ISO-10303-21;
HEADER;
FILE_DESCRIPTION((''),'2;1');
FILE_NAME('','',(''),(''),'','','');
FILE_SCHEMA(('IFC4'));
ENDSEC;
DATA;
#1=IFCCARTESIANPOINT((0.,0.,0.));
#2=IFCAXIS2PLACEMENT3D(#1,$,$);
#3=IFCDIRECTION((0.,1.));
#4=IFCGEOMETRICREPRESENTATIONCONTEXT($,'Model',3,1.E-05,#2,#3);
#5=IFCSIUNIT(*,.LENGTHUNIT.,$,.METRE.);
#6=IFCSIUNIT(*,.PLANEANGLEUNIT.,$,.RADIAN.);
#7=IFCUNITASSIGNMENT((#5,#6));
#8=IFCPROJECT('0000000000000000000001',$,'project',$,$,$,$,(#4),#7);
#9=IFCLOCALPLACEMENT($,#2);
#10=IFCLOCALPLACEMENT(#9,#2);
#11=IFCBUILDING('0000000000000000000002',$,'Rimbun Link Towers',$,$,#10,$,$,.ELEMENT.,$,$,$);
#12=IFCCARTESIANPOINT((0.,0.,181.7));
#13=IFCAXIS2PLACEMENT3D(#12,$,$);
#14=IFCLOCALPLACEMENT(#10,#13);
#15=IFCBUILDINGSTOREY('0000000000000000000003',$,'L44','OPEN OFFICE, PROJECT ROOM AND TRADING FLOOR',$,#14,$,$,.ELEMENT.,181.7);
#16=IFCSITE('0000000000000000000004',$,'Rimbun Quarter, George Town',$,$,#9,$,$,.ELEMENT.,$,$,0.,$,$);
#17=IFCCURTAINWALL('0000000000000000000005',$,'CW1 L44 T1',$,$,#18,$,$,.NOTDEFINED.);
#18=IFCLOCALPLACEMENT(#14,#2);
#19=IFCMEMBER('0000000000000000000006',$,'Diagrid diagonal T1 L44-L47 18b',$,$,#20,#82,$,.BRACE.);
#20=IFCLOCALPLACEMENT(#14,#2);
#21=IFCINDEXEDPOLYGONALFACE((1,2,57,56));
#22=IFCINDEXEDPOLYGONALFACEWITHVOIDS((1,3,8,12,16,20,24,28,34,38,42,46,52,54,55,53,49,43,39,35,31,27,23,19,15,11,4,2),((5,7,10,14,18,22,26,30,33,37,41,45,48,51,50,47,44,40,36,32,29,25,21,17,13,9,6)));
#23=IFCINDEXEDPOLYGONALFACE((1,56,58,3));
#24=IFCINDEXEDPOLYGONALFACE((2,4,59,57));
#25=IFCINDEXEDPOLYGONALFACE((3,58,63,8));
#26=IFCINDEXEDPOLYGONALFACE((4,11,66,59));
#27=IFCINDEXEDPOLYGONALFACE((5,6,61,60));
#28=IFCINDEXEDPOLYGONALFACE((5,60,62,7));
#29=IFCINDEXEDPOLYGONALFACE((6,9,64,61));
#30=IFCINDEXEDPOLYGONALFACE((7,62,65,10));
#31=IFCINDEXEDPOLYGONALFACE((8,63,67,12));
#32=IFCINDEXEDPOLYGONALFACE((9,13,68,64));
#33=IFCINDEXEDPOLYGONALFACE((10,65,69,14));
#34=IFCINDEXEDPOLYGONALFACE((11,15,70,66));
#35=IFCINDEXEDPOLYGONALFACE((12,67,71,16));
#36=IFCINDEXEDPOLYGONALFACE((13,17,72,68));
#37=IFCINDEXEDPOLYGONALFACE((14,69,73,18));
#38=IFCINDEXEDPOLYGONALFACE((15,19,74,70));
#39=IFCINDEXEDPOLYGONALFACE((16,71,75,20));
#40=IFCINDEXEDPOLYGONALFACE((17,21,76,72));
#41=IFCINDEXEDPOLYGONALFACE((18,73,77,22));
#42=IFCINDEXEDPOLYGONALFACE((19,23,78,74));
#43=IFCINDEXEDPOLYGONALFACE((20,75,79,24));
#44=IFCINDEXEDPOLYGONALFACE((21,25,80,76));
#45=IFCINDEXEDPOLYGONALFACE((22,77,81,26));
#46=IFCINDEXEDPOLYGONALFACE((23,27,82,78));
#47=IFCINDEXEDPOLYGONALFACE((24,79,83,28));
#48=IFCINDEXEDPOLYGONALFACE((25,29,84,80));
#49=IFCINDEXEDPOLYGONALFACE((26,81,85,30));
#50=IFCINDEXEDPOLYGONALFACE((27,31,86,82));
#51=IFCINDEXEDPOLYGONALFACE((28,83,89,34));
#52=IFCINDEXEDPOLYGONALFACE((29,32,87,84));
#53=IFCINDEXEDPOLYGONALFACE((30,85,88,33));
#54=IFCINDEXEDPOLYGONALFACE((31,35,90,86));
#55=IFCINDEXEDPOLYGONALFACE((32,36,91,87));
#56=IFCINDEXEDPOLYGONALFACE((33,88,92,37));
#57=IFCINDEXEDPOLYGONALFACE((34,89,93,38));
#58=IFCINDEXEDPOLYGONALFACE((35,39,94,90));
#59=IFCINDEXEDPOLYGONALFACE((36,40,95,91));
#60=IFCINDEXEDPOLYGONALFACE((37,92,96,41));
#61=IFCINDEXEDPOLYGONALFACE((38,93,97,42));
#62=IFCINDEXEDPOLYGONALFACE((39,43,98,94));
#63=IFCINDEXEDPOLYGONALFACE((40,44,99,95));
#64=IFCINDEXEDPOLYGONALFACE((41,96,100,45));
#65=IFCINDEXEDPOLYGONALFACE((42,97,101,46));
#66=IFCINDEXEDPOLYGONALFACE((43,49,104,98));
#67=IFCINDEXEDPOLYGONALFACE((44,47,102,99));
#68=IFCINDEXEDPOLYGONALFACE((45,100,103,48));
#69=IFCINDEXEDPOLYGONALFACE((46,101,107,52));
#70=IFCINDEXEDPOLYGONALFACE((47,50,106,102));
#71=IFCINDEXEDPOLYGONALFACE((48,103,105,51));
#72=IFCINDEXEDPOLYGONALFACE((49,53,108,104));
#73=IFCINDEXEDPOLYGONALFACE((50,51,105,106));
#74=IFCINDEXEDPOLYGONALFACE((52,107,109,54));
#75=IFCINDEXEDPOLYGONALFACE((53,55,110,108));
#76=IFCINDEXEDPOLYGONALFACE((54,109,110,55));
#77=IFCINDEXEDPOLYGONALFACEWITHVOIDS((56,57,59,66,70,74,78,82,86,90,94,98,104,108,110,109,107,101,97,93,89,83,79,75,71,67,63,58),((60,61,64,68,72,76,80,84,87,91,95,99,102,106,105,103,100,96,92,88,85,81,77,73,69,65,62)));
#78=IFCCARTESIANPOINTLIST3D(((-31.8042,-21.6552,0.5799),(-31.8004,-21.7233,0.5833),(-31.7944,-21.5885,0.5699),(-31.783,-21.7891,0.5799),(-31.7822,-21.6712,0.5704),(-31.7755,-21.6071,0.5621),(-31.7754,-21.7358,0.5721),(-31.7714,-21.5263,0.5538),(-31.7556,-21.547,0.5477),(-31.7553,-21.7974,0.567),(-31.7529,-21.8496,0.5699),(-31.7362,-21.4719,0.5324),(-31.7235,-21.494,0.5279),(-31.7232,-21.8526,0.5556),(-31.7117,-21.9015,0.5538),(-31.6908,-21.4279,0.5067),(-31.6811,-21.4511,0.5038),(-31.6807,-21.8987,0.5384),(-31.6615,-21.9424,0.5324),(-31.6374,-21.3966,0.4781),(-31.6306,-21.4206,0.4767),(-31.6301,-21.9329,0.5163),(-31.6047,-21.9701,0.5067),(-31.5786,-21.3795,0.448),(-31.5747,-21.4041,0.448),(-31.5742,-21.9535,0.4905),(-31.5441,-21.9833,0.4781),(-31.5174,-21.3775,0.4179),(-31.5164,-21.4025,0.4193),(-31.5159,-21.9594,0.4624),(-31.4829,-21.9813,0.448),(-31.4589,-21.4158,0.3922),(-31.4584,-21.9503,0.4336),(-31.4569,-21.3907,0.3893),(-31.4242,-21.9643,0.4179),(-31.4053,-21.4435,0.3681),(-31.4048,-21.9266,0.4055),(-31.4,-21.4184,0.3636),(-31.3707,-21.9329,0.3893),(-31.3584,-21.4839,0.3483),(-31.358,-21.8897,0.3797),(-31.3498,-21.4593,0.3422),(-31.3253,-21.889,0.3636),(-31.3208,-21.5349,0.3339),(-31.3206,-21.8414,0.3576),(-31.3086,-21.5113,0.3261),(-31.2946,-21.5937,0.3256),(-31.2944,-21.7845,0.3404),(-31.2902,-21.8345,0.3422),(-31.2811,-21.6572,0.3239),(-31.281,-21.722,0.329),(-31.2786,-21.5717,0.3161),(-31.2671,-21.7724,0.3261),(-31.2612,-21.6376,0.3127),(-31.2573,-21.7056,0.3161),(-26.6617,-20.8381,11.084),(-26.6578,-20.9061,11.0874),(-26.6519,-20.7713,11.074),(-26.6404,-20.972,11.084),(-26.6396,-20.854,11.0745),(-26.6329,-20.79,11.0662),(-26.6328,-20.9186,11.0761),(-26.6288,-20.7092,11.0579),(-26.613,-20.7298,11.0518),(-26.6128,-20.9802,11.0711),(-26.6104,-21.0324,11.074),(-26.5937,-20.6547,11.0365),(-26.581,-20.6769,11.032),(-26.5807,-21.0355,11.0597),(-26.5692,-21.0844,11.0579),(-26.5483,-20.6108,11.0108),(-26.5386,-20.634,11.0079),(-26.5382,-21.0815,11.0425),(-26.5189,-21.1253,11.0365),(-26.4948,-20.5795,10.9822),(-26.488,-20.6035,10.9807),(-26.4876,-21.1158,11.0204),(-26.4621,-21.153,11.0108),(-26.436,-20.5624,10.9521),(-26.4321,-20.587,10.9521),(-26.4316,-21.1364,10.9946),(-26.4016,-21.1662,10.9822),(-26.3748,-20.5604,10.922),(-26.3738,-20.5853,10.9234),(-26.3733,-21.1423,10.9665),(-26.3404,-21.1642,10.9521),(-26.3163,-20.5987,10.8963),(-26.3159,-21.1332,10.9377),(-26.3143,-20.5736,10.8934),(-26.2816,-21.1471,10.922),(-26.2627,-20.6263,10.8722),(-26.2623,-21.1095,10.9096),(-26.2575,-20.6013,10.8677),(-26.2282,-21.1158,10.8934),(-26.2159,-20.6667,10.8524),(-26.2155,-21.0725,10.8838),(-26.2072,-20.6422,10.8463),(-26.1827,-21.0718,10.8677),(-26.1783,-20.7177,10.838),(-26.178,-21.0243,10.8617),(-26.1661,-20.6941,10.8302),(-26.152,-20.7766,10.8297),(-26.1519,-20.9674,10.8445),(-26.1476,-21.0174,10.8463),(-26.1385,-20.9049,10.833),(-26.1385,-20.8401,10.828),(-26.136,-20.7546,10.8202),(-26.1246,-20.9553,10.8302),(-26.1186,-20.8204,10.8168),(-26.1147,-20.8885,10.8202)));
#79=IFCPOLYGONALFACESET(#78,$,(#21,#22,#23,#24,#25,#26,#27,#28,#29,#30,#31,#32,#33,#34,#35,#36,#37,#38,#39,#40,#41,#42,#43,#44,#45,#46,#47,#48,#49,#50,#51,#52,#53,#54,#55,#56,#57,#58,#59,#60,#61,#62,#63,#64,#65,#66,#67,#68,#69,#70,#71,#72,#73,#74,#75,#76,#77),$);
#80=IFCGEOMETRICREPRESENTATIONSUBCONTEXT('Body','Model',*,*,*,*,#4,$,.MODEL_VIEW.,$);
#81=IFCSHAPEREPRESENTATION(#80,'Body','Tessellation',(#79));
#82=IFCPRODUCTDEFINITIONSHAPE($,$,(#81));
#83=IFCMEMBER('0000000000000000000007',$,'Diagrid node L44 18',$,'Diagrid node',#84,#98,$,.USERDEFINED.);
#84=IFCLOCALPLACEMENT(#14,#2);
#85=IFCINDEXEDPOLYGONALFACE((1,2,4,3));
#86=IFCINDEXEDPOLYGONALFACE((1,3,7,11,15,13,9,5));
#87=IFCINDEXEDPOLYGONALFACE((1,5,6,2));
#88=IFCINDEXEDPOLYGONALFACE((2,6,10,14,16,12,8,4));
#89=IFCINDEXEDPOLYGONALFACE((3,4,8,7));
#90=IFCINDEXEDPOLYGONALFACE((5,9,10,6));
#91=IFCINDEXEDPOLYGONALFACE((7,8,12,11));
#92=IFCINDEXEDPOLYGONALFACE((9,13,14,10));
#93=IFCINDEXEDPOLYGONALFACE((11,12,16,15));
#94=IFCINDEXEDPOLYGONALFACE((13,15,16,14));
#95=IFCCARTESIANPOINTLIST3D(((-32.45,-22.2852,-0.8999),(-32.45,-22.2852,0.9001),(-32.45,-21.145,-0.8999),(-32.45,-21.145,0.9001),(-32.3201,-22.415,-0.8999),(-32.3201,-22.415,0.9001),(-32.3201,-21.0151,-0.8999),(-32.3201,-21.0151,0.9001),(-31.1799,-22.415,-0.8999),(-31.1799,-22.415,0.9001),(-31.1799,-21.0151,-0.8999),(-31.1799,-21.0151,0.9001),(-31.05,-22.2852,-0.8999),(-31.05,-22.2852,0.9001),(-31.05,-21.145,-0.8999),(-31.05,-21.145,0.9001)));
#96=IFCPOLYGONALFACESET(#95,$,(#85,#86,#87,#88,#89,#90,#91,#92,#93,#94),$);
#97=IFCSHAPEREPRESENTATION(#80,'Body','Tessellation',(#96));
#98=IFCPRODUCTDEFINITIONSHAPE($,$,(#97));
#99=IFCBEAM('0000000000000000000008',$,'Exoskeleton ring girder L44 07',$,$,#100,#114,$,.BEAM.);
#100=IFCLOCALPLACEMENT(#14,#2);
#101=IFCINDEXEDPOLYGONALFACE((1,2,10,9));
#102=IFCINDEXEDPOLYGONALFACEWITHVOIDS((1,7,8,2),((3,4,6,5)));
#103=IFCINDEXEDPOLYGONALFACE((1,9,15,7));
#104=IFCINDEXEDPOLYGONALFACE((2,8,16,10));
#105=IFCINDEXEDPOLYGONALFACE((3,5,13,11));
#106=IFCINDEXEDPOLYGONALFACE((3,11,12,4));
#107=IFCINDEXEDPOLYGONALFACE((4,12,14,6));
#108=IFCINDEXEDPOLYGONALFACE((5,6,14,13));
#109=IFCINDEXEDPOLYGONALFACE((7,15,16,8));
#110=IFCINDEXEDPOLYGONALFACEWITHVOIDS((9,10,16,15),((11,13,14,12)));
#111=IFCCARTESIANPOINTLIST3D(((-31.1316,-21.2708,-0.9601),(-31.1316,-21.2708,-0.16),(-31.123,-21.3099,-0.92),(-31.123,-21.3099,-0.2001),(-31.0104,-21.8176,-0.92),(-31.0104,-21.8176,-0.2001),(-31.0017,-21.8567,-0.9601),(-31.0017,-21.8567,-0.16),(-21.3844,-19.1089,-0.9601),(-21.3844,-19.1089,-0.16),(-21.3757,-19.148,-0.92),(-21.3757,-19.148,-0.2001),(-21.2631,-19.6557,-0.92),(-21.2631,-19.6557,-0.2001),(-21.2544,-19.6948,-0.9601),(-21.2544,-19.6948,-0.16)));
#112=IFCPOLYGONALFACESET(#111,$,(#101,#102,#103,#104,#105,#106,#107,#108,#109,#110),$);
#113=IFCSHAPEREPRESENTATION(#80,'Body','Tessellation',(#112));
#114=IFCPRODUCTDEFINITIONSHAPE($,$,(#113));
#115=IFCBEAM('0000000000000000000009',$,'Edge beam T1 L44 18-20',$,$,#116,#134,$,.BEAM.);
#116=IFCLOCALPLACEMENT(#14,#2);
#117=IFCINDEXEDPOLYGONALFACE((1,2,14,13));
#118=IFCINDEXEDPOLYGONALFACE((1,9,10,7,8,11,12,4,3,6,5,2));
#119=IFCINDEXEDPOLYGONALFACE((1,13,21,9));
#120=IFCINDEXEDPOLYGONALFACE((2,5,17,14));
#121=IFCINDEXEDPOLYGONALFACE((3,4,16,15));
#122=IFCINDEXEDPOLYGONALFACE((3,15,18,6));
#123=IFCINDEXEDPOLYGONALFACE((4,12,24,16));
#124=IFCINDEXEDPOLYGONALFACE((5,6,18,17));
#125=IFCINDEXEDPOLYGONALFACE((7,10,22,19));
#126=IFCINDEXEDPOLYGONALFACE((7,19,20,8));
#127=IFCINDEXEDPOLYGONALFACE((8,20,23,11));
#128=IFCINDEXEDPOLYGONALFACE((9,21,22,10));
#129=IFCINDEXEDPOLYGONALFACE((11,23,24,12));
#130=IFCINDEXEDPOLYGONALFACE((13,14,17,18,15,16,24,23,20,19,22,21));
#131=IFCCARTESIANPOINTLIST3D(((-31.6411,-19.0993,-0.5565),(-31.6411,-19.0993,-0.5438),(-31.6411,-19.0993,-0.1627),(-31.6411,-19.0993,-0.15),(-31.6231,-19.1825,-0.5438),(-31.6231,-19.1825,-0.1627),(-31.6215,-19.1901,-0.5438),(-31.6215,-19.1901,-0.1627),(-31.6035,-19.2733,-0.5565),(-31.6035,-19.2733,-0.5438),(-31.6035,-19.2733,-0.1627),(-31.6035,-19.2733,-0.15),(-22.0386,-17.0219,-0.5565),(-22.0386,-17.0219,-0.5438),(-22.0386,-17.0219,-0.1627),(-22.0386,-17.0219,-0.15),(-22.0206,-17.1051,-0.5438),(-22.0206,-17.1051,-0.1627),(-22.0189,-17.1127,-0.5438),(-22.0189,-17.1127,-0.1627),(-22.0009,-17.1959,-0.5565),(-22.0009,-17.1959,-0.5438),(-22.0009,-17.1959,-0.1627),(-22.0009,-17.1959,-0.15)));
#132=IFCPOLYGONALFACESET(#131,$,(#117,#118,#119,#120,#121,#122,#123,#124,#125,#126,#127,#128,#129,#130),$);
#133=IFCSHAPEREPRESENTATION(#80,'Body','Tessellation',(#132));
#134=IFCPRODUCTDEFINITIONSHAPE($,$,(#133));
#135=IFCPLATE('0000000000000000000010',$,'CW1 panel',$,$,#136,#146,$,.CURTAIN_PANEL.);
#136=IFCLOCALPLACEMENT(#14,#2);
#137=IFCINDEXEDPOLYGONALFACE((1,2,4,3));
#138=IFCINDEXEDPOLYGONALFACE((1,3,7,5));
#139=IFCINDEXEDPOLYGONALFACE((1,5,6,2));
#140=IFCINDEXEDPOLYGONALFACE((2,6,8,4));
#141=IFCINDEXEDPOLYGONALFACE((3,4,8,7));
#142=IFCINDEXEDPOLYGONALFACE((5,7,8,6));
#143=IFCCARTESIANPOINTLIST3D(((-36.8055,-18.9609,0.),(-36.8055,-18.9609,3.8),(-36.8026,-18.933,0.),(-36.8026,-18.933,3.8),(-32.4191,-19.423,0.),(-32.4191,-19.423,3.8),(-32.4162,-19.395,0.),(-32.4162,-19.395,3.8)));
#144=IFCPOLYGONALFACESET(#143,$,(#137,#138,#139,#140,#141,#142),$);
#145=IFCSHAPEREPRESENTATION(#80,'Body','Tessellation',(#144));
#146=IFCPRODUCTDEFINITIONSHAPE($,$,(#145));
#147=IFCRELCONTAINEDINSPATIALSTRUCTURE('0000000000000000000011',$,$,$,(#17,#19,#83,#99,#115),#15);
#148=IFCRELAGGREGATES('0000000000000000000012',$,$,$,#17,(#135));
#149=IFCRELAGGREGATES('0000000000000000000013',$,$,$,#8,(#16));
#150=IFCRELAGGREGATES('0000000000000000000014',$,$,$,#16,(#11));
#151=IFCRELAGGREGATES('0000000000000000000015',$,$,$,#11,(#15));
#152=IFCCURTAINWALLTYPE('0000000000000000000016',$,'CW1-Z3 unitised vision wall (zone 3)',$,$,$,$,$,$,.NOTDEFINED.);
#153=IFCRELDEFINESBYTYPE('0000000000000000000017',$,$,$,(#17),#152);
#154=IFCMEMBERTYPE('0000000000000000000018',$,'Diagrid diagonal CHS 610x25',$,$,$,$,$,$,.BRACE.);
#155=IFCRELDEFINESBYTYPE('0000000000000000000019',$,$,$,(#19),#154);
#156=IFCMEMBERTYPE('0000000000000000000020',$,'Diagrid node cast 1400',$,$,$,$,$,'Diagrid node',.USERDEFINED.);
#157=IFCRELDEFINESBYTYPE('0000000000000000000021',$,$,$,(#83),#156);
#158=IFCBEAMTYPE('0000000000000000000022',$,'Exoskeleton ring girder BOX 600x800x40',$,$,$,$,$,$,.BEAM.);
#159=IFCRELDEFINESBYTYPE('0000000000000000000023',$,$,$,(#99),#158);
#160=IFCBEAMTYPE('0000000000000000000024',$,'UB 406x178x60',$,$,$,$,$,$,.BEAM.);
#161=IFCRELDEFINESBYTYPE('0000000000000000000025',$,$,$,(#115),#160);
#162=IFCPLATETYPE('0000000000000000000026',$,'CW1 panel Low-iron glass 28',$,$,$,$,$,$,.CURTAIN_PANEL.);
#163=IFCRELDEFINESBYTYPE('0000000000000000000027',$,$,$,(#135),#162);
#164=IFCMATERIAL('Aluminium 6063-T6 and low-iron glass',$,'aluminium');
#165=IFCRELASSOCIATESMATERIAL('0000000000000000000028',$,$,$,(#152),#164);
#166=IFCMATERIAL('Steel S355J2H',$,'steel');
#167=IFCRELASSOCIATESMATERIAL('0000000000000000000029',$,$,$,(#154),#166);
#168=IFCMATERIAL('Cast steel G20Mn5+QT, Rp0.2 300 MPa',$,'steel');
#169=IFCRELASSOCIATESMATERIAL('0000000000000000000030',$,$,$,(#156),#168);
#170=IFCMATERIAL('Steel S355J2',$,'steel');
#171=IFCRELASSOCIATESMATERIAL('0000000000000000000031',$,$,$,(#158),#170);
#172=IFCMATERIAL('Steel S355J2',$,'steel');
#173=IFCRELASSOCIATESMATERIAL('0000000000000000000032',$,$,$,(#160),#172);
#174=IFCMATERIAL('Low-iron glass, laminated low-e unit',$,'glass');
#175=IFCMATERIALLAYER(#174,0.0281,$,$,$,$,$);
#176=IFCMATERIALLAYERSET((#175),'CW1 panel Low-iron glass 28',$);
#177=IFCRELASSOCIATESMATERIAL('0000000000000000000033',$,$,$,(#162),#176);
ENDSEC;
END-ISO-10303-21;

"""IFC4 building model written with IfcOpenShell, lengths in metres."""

from ifc_helpers import new_model, si_unit, direction, frame, origin, origin_2d, place, context, subcontext, project, spatial, polyline, rectangle, hollow_rectangle, hollow_circle, i_section, outline, extrude, material, layer, layer_set, material_profile, profile_set, type_object, element, aggregate, save


model = new_model("IFC4")

# Units and contexts
model_context = context("Model", 3, precision=1e-05, world=origin(), true_north=direction((0.0, 1.0)))
body_context = subcontext(model_context, "Body", "Model", "MODEL_VIEW")
ifc_project = project(units=[si_unit("LENGTHUNIT", "METRE"), si_unit("PLANEANGLEUNIT", "RADIAN")], contexts=[model_context])

# Site, building, storey
site_placement = place(None, origin())
site = spatial("IfcSite", under=ifc_project, at=site_placement, Name="Rimbun Quarter, George Town", CompositionType="ELEMENT", RefElevation=0.0)
building_placement = place(site_placement, origin())
building = spatial("IfcBuilding", under=site, at=building_placement, Name="Rimbun Link Towers", CompositionType="ELEMENT")
storey_placement = place(building_placement, frame((0.0, 0.0, 181.7)))
storey = spatial("IfcBuildingStorey", under=building, at=storey_placement, Name="L44", Description="OPEN OFFICE, PROJECT ROOM AND TRADING FLOOR", CompositionType="ELEMENT", Elevation=181.7)

# Curtain wall
ifc_material_1 = material(Name="Aluminium 6063-T6 and low-iron glass", Category="aluminium")
curtain_wall_type = type_object("IfcCurtainWallType", Name="CW1-Z3 unitised vision wall (zone 3)", PredefinedType="NOTDEFINED", material=ifc_material_1)
curtain_wall_placement = place(storey_placement, origin())
curtain_wall = element("IfcCurtainWall", 1, at=curtain_wall_placement, inside=storey, type_object=curtain_wall_type, Name="CW1 L44 T1", PredefinedType="NOTDEFINED")

# Members
ifc_material_2 = material(Name="Steel S355J2H", Category="steel")
ifc_material_profile_1 = material_profile(ifc_material_2, hollow_circle(Radius=0.3047, WallThickness=0.0249, at=origin_2d()), Name="Diagrid diagonal CHS 610x25")
ifc_profile_set_1 = profile_set([ifc_material_profile_1], Name="Steel S355J2H")
member_type_1 = type_object("IfcMemberType", Name="Diagrid diagonal CHS 610x25", PredefinedType="BRACE", material=ifc_profile_set_1)
for number, where, z_axis, x_axis, name in (
    (2, (-31.5308, -21.6804, 0.448), (0.438639, 0.069698, 0.895957), (-0.156928, 0.98761, 0.0), "Diagrid diagonal T1 L44-L47 18b"),
):
    element("IfcMember", number, at=place(storey_placement, frame(where, z_axis=z_axis, x_axis=x_axis)), inside=storey, type_object=member_type_1, Name=name, PredefinedType="BRACE", context=body_context, shape_type="SweptSolid", body=[
        extrude(hollow_circle(Radius=0.3047, WallThickness=0.0249, at=origin_2d()), origin(), (0.0, 0.0, 1.0), 11.7239),
    ])
ifc_material_3 = material(Name="Cast steel G20Mn5+QT, Rp0.2 300 MPa", Category="steel")
ifc_material_profile_2 = material_profile(ifc_material_3, outline(polyline([(0.7, -0.5701), (0.7, 0.5701), (0.5701, 0.7), (-0.5701, 0.7), (-0.7, 0.5701), (-0.7, -0.5701), (-0.5701, -0.7), (0.5701, -0.7), (0.7, -0.5701)])), Name="NODE 1400x1400")
ifc_profile_set_2 = profile_set([ifc_material_profile_2], Name="Cast steel G20Mn5+QT, Rp0.2 300 MPa")
member_type_2 = type_object("IfcMemberType", Name="Diagrid node cast 1400", ElementType="Diagrid node", PredefinedType="USERDEFINED", material=ifc_profile_set_2)
member_1_placement = place(storey_placement, frame((-31.75, -21.7151, -0.8999), z_axis=(0.0, 0.0, 1.0), x_axis=(0.0, -1.0, 0.0)))
element("IfcMember", 3, at=member_1_placement, inside=storey, type_object=member_type_2, Name="Diagrid node L44 18", ObjectType="Diagrid node", PredefinedType="USERDEFINED", context=body_context, shape_type="SweptSolid", body=[
    extrude(outline(polyline([(0.7, -0.5701), (0.7, 0.5701), (0.5701, 0.7), (-0.5701, 0.7), (-0.7, 0.5701), (-0.7, -0.5701), (-0.5701, -0.7), (0.5701, -0.7), (0.7, -0.5701)])), origin(), (0.0, 0.0, 1.0), 1.8),
])

# Beams
ifc_material_4 = material(Name="Steel S355J2", Category="steel")
ifc_material_profile_3 = material_profile(ifc_material_4, hollow_rectangle(XDim=0.6001, YDim=0.8, WallThickness=0.04, at=origin_2d()), Name="Exoskeleton ring girder BOX 600x800x40")
ifc_profile_set_3 = profile_set([ifc_material_profile_3], Name="Steel S355J2")
beam_type_1 = type_object("IfcBeamType", Name="Exoskeleton ring girder BOX 600x800x40", PredefinedType="BEAM", material=ifc_profile_set_3)
beam_1_placement = place(storey_placement, frame((-31.0667, -21.5637, -0.5601), z_axis=(0.976276, 0.216529, 0.0), x_axis=(-0.216529, 0.976276, 0.0)))
element("IfcBeam", 4, at=beam_1_placement, inside=storey, type_object=beam_type_1, Name="Exoskeleton ring girder L44 07", PredefinedType="BEAM", context=body_context, shape_type="SweptSolid", body=[
    extrude(hollow_rectangle(XDim=0.6001, YDim=0.8, WallThickness=0.04, at=origin_2d()), origin(), (0.0, 0.0, 1.0), 9.9841),
])
ifc_material_5 = material(Name="Steel S355J2", Category="steel")
ifc_material_profile_4 = material_profile(ifc_material_5, i_section(OverallWidth=0.178, OverallDepth=0.4065, WebThickness=0.0078, FlangeThickness=0.0127, at=origin_2d()), Name="UB 406x178x60")
ifc_profile_set_4 = profile_set([ifc_material_profile_4], Name="Steel S355J2")
beam_type_2 = type_object("IfcBeamType", Name="UB 406x178x60", PredefinedType="BEAM", material=ifc_profile_set_4)
beam_2_placement = place(storey_placement, frame((-31.6223, -19.1863, -0.3533), z_axis=(0.97739, 0.211446, 0.0), x_axis=(-0.211446, 0.97739, 0.0)))
element("IfcBeam", 5, at=beam_2_placement, inside=storey, type_object=beam_type_2, Name="Edge beam T1 L44 18-20", PredefinedType="BEAM", context=body_context, shape_type="SweptSolid", body=[
    extrude(i_section(OverallWidth=0.178, OverallDepth=0.4065, WebThickness=0.0078, FlangeThickness=0.0127, at=origin_2d()), origin(), (0.0, 0.0, 1.0), 9.8247),
])

# Plate
ifc_material_6 = material(Name="Low-iron glass, laminated low-e unit", Category="glass")
ifc_layer_1 = layer(ifc_material_6, 0.0281)
ifc_layer_set_1 = layer_set([ifc_layer_1], Name="CW1 panel Low-iron glass 28")
plate_type = type_object("IfcPlateType", Name="CW1 panel Low-iron glass 28", PredefinedType="CURTAIN_PANEL", material=ifc_layer_set_1)
plate_placement = place(storey_placement, frame((-34.6108, -19.178, 0.0), z_axis=(0.0, 0.0, 1.0), x_axis=(-0.994498, 0.104753, 0.0)))
plate = element("IfcPlate", 6, at=plate_placement, type_object=plate_type, Name="CW1 panel", PredefinedType="CURTAIN_PANEL", context=body_context, shape_type="SweptSolid", body=[
    extrude(rectangle(XDim=4.4106, YDim=0.0281, at=origin_2d()), origin(), (0.0, 0.0, 1.0), 3.8),
])
aggregate(curtain_wall, [plate])

save(model, "model.ifc")
